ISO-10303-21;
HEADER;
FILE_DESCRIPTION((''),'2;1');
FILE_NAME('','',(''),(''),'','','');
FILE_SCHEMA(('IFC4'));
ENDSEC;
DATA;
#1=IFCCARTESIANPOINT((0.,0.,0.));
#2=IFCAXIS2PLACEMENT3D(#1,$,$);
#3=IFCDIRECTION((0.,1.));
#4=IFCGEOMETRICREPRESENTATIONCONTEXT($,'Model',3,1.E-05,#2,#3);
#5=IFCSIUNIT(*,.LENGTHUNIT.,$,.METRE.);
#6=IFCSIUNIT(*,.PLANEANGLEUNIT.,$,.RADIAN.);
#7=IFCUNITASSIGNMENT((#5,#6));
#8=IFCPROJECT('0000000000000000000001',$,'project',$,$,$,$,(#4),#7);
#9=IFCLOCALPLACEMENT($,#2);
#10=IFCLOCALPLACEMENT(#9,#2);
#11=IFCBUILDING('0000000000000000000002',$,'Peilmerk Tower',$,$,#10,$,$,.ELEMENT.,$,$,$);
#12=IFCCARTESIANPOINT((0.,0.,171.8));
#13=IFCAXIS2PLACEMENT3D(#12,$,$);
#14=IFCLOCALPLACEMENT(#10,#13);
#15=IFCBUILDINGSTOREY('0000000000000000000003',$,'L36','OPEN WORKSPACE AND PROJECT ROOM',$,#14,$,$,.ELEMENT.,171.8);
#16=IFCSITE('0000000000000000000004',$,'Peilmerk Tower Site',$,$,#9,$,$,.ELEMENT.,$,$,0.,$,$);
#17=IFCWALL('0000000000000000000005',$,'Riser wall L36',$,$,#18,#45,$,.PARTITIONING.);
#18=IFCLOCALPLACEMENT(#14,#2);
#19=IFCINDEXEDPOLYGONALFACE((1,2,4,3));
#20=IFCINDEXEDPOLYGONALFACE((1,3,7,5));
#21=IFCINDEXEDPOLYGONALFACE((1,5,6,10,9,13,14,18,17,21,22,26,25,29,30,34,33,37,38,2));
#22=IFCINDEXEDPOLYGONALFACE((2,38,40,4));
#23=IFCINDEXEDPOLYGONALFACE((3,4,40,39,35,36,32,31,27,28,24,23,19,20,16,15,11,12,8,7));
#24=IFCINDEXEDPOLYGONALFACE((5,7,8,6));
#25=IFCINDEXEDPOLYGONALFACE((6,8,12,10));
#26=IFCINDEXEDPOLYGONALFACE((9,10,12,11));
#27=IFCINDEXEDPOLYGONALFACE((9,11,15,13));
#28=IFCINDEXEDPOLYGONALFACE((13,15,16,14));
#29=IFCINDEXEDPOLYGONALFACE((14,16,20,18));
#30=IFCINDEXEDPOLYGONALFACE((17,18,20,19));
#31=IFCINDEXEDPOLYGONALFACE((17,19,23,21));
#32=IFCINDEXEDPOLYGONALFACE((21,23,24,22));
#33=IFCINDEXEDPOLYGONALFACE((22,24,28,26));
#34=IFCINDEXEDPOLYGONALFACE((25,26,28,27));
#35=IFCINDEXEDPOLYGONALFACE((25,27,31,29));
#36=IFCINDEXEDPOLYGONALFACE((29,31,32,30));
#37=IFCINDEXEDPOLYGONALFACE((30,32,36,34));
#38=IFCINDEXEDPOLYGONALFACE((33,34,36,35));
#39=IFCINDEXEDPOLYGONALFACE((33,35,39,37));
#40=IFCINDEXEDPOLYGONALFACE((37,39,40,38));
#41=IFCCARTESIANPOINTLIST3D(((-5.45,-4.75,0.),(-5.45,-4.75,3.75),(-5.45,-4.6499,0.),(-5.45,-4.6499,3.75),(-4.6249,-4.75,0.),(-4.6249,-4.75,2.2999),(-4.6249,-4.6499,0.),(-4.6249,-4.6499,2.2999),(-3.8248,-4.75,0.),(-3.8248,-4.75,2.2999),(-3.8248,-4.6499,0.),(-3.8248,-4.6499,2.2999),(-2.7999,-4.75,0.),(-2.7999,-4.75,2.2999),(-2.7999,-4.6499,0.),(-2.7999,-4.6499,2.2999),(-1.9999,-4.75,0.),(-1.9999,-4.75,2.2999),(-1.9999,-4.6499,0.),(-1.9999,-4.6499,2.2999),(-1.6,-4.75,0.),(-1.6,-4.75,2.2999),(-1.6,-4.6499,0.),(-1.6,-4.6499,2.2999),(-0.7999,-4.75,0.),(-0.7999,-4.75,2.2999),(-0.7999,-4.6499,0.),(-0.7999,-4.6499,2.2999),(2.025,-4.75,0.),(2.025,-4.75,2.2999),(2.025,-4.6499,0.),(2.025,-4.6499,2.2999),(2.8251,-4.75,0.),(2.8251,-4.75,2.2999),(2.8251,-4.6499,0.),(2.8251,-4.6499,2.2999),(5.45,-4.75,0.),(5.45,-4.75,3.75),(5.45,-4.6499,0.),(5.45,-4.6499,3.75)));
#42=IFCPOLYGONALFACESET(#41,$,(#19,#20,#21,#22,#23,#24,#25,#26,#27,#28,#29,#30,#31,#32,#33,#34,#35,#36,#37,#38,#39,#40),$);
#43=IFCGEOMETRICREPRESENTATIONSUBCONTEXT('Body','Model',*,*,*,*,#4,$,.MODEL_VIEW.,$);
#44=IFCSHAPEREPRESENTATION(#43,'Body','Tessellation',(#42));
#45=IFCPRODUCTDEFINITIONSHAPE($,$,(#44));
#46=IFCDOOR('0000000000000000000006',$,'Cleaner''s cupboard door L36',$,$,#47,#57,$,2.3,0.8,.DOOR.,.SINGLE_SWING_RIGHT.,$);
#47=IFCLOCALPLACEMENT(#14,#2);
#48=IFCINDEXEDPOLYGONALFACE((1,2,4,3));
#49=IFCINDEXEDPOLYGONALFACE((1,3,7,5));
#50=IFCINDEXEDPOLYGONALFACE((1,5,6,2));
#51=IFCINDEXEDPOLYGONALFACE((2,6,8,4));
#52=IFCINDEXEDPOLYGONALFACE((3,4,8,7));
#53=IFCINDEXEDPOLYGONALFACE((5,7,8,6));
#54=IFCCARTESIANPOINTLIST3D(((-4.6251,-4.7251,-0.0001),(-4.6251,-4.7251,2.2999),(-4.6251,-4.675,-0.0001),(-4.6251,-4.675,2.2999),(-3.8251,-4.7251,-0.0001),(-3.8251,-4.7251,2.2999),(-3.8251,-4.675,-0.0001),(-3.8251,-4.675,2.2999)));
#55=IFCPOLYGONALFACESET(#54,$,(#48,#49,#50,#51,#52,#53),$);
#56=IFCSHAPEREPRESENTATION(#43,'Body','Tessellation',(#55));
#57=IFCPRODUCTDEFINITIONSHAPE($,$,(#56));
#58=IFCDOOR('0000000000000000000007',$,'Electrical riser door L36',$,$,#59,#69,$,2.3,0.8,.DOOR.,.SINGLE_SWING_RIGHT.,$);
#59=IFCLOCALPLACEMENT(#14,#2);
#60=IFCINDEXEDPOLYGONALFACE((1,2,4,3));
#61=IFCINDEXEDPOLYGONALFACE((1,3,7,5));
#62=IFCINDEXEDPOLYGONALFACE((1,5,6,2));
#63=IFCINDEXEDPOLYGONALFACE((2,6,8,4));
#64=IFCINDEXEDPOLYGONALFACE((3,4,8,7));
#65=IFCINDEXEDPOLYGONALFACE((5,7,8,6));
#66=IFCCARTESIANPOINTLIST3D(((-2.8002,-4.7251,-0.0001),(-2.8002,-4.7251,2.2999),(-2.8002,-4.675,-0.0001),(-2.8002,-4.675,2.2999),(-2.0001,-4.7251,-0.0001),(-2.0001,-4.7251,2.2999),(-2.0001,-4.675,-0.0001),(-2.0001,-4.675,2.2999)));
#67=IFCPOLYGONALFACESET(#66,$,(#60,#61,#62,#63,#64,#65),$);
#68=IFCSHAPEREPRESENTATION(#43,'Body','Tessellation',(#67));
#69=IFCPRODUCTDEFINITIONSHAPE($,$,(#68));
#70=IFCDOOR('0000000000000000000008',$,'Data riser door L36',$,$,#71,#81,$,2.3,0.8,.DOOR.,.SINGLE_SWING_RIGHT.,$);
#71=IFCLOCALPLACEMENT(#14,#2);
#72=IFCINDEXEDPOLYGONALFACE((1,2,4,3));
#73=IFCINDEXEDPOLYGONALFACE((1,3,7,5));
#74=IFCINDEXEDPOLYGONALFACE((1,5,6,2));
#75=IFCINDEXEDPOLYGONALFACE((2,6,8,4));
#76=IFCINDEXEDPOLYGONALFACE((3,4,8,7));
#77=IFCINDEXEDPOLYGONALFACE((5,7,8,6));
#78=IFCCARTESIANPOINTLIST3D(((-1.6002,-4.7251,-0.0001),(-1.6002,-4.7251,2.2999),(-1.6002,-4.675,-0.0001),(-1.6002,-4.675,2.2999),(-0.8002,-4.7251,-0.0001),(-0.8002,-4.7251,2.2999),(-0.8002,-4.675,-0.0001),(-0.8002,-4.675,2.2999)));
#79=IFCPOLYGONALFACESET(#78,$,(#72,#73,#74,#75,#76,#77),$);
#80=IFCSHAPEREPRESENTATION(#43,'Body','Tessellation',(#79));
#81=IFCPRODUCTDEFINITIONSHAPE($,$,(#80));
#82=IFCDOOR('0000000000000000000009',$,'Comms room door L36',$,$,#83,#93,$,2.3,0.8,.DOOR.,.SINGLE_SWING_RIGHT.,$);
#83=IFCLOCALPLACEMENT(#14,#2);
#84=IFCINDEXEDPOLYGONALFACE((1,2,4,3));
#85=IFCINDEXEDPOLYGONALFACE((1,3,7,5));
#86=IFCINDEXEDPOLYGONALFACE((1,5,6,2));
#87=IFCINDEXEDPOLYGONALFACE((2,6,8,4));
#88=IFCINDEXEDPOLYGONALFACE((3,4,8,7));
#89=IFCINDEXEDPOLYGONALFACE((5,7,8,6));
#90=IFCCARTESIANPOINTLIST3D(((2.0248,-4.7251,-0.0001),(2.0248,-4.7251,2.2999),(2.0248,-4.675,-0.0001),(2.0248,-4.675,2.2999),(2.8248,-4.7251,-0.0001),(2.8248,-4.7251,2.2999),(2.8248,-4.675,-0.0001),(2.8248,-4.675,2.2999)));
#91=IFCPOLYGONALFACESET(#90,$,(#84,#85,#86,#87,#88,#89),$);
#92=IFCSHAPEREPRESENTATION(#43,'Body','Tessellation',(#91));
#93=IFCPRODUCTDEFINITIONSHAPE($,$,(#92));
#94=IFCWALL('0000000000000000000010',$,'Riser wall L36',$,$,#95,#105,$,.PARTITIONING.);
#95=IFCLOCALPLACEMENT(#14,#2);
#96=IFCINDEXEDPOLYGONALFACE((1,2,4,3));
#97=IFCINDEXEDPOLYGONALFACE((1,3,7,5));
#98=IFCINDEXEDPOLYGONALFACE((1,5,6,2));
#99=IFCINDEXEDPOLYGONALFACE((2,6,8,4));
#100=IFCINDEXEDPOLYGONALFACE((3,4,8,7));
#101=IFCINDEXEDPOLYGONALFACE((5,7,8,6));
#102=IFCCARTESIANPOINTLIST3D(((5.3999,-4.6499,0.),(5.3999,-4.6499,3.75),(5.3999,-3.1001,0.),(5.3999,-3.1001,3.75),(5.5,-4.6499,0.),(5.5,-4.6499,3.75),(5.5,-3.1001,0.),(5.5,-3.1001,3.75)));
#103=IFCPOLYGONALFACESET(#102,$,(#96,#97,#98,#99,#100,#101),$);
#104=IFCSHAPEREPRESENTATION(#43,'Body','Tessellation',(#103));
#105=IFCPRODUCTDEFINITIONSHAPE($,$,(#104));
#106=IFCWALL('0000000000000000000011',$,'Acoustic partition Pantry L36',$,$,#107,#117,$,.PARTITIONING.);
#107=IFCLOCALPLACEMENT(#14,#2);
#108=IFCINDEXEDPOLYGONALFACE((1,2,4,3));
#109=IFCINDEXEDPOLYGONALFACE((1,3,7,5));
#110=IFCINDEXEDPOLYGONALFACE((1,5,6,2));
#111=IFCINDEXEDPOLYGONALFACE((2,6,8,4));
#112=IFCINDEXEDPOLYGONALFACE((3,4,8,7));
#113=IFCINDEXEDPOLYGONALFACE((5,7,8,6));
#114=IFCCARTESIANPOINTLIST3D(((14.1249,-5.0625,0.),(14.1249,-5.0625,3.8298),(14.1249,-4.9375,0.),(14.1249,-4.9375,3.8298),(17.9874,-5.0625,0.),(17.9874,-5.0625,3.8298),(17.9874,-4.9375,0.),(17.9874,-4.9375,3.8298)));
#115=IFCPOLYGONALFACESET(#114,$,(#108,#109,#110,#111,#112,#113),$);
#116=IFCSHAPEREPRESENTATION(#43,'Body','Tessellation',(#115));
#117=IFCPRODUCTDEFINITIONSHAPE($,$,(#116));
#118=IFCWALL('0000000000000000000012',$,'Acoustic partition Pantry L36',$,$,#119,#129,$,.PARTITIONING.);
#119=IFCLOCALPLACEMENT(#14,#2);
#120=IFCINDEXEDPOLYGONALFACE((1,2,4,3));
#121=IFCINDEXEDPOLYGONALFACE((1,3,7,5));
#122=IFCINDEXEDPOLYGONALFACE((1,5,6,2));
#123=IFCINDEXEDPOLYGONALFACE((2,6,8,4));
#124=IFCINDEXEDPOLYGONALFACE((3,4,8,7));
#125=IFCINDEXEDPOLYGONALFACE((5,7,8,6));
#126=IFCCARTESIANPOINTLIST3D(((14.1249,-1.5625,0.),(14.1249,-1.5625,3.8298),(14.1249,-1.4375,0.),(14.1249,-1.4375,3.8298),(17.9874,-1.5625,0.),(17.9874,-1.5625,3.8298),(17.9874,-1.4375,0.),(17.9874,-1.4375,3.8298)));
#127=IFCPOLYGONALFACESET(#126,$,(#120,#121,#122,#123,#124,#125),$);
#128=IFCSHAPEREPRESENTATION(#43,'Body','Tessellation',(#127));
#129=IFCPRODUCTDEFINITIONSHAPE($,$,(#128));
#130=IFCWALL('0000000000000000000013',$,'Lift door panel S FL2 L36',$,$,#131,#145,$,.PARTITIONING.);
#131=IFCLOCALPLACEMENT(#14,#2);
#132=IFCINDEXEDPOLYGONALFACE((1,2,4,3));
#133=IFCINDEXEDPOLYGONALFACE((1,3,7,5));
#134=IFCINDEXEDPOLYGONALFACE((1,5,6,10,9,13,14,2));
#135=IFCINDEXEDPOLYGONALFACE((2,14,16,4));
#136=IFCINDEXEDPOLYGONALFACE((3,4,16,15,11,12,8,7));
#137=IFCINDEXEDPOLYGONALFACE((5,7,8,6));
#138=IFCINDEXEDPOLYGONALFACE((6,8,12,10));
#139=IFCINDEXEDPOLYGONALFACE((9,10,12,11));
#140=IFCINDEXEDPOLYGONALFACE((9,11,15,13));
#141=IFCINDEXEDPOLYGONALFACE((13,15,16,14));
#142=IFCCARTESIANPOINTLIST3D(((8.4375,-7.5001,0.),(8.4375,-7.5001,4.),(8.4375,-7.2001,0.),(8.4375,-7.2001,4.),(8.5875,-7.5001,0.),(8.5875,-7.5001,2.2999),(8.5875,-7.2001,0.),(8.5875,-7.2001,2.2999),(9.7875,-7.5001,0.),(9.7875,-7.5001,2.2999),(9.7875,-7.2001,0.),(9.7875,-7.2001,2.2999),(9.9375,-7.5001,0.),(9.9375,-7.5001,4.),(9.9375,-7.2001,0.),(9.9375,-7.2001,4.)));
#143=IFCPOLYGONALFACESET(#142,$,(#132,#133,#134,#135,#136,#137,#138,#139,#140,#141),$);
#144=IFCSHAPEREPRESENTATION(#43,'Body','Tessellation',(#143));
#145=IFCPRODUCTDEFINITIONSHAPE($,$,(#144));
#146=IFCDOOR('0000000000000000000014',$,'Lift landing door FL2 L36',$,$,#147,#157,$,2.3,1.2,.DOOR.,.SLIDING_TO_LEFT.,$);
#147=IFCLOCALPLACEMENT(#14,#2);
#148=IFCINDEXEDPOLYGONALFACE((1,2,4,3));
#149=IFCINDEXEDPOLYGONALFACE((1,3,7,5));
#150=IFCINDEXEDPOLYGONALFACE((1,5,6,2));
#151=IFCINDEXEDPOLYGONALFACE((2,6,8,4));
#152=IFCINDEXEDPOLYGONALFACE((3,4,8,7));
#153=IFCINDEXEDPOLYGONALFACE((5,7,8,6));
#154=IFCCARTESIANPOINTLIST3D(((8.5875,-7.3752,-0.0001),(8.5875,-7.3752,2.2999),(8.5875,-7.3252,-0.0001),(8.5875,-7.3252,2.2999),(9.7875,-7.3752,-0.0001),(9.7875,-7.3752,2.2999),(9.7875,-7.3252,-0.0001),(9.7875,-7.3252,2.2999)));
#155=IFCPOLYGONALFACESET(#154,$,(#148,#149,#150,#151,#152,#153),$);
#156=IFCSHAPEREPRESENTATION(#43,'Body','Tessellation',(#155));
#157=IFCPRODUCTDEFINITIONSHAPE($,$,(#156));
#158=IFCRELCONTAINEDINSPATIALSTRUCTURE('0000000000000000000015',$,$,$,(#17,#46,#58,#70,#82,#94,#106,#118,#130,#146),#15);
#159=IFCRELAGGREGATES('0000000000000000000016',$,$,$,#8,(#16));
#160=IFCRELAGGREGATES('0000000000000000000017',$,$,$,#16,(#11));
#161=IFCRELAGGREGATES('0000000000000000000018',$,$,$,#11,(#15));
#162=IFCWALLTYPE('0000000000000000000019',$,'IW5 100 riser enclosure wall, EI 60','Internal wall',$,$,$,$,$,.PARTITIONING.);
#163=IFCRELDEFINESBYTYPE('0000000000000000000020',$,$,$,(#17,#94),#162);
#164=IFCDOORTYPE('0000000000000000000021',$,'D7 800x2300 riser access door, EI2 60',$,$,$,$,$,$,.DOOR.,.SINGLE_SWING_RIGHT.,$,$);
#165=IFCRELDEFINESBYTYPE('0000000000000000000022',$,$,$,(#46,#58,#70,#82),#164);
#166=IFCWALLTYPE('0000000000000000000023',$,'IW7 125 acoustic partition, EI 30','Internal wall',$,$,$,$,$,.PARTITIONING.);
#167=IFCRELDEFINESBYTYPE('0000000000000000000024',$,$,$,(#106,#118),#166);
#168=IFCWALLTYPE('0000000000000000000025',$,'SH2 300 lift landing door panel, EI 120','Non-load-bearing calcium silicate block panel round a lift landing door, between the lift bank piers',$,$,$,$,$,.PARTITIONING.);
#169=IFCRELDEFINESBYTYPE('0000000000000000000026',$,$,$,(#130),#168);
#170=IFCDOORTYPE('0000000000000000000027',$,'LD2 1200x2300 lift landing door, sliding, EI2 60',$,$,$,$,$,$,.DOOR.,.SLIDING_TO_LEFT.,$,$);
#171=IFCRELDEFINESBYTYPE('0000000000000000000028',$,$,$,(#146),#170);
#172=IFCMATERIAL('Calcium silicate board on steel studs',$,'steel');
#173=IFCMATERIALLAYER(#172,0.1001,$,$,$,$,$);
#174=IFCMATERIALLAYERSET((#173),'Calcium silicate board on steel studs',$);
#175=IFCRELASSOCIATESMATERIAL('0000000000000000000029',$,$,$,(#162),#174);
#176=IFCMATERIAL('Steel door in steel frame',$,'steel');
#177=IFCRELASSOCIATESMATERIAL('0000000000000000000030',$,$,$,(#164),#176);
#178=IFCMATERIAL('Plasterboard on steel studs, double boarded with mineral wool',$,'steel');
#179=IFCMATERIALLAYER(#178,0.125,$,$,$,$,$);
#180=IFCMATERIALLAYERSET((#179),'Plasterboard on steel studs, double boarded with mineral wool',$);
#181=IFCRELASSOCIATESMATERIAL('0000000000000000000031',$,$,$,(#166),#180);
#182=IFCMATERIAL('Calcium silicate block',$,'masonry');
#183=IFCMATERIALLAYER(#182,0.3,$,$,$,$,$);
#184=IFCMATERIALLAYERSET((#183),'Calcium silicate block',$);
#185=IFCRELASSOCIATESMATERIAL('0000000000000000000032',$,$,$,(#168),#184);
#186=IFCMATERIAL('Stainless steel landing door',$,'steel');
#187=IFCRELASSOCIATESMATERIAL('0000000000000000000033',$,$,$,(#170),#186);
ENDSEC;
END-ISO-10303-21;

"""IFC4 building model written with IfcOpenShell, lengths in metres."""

from ifc_helpers import new_model, si_unit, direction, frame, frame_2d, origin, place, context, subcontext, project, spatial, rectangle, extrude, material, layer, layer_set, type_object, element, fill, save


model = new_model("IFC4")

# Units and contexts
model_context = context("Model", 3, precision=1e-05, world=origin(), true_north=direction((0.0, 1.0)))
body_context = subcontext(model_context, "Body", "Model", "MODEL_VIEW")
ifc_project = project(units=[si_unit("LENGTHUNIT", "METRE"), si_unit("PLANEANGLEUNIT", "RADIAN")], contexts=[model_context])

# Site, building, storey
site_placement = place(None, origin())
site = spatial("IfcSite", under=ifc_project, at=site_placement, Name="Peilmerk Tower Site", CompositionType="ELEMENT", RefElevation=0.0)
building_placement = place(site_placement, origin())
building = spatial("IfcBuilding", under=site, at=building_placement, Name="Peilmerk Tower", CompositionType="ELEMENT")
storey_placement = place(building_placement, frame((0.0, 0.0, 171.8)))
storey = spatial("IfcBuildingStorey", under=building, at=storey_placement, Name="L36", Description="OPEN WORKSPACE AND PROJECT ROOM", CompositionType="ELEMENT", Elevation=171.8)

# Shared definitions
ifc_material_1 = material(Name="Steel door in steel frame", Category="steel")

# Shared definitions
ifc_material_2 = material(Name="Calcium silicate board on steel studs", Category="steel")
ifc_layer_1 = layer(ifc_material_2, 0.1001)
ifc_layer_set_1 = layer_set([ifc_layer_1], Name="Calcium silicate board on steel studs")
wall_type_1 = type_object("IfcWallType", Name="IW5 100 riser enclosure wall, EI 60", Description="Internal wall", PredefinedType="PARTITIONING", material=ifc_layer_set_1)

# Wall, openings, doors
wall_1_placement = place(storey_placement, frame((5.45, -4.7, 0.0), z_axis=(0.0, 0.0, 1.0), x_axis=(-1.0, 0.0, 0.0)))
wall_1 = element("IfcWall", 1, at=wall_1_placement, inside=storey, type_object=wall_type_1, Name="Riser wall L36", PredefinedType="PARTITIONING", context=body_context, shape_type="SweptSolid", body=[
    extrude(rectangle(XDim=10.8999, YDim=0.1001, at=frame_2d((5.45, 0.0))), origin(), (0.0, 0.0, 1.0), 3.75),
])
opening_1_placement = place(wall_1_placement, frame((9.2749, 0.0, 0.0)))
opening_1 = element("IfcOpeningElement", 2, at=opening_1_placement, cuts=wall_1, PredefinedType="OPENING", context=body_context, shape_type="SweptSolid", body=[
    extrude(rectangle(XDim=0.8, YDim=2.3, at=frame_2d((0.3999, 1.1499))), frame((0.0, 0.0601, 0.0), z_axis=(0.0, -1.0, 0.0), x_axis=(1.0, 0.0, 0.0)), (0.0, 0.0, 1.0), 0.1201),
])
opening_2_placement = place(wall_1_placement, frame((7.45, 0.0, 0.0)))
opening_2 = element("IfcOpeningElement", 3, at=opening_2_placement, cuts=wall_1, PredefinedType="OPENING", context=body_context, shape_type="SweptSolid", body=[
    extrude(rectangle(XDim=0.8, YDim=2.3, at=frame_2d((0.3999, 1.1499))), frame((0.0, 0.0601, 0.0), z_axis=(0.0, -1.0, 0.0), x_axis=(1.0, 0.0, 0.0)), (0.0, 0.0, 1.0), 0.1201),
])
opening_3_placement = place(wall_1_placement, frame((6.25, 0.0, 0.0)))
opening_3 = element("IfcOpeningElement", 4, at=opening_3_placement, cuts=wall_1, PredefinedType="OPENING", context=body_context, shape_type="SweptSolid", body=[
    extrude(rectangle(XDim=0.8, YDim=2.3, at=frame_2d((0.3999, 1.1499))), frame((0.0, 0.0601, 0.0), z_axis=(0.0, -1.0, 0.0), x_axis=(1.0, 0.0, 0.0)), (0.0, 0.0, 1.0), 0.1201),
])
opening_4_placement = place(wall_1_placement, frame((2.625, 0.0, 0.0)))
opening_4 = element("IfcOpeningElement", 5, at=opening_4_placement, cuts=wall_1, PredefinedType="OPENING", context=body_context, shape_type="SweptSolid", body=[
    extrude(rectangle(XDim=0.8, YDim=2.3, at=frame_2d((0.3999, 1.1499))), frame((0.0, 0.0601, 0.0), z_axis=(0.0, -1.0, 0.0), x_axis=(1.0, 0.0, 0.0)), (0.0, 0.0, 1.0), 0.1201),
])
door_type_1 = type_object("IfcDoorType", Name="D7 800x2300 riser access door, EI2 60", OperationType="SINGLE_SWING_RIGHT", PredefinedType="DOOR", material=ifc_material_1)
door_1_placement = place(opening_1_placement, frame((0.8, 0.0, 0.0), z_axis=(0.0, 0.0, 1.0), x_axis=(-1.0, 0.0, 0.0)))
door_1 = element("IfcDoor", 6, at=door_1_placement, inside=storey, type_object=door_type_1, Name="Cleaner's cupboard door L36", OperationType="SINGLE_SWING_RIGHT", OverallHeight=2.3, OverallWidth=0.8, PredefinedType="DOOR", context=body_context, shape_type="SweptSolid", body=[
    extrude(rectangle(XDim=0.8, YDim=2.3, at=frame_2d((0.3999, 1.1499))), frame((0.0, 0.0249, 0.0), z_axis=(0.0, -1.0, 0.0), x_axis=(1.0, 0.0, 0.0)), (0.0, 0.0, 1.0), 0.05),
])
fill(opening_1, door_1)
door_2_placement = place(opening_2_placement, frame((0.8, 0.0, 0.0), z_axis=(0.0, 0.0, 1.0), x_axis=(-1.0, 0.0, 0.0)))
door_2 = element("IfcDoor", 7, at=door_2_placement, inside=storey, type_object=door_type_1, Name="Electrical riser door L36", OperationType="SINGLE_SWING_RIGHT", OverallHeight=2.3, OverallWidth=0.8, PredefinedType="DOOR", context=body_context, shape_type="SweptSolid", body=[
    extrude(rectangle(XDim=0.8, YDim=2.3, at=frame_2d((0.3999, 1.1499))), frame((0.0, 0.0249, 0.0), z_axis=(0.0, -1.0, 0.0), x_axis=(1.0, 0.0, 0.0)), (0.0, 0.0, 1.0), 0.05),
])
fill(opening_2, door_2)
door_3_placement = place(opening_3_placement, frame((0.8, 0.0, 0.0), z_axis=(0.0, 0.0, 1.0), x_axis=(-1.0, 0.0, 0.0)))
door_3 = element("IfcDoor", 8, at=door_3_placement, inside=storey, type_object=door_type_1, Name="Data riser door L36", OperationType="SINGLE_SWING_RIGHT", OverallHeight=2.3, OverallWidth=0.8, PredefinedType="DOOR", context=body_context, shape_type="SweptSolid", body=[
    extrude(rectangle(XDim=0.8, YDim=2.3, at=frame_2d((0.3999, 1.1499))), frame((0.0, 0.0249, 0.0), z_axis=(0.0, -1.0, 0.0), x_axis=(1.0, 0.0, 0.0)), (0.0, 0.0, 1.0), 0.05),
])
fill(opening_3, door_3)
door_4_placement = place(opening_4_placement, frame((0.8, 0.0, 0.0), z_axis=(0.0, 0.0, 1.0), x_axis=(-1.0, 0.0, 0.0)))
door_4 = element("IfcDoor", 9, at=door_4_placement, inside=storey, type_object=door_type_1, Name="Comms room door L36", OperationType="SINGLE_SWING_RIGHT", OverallHeight=2.3, OverallWidth=0.8, PredefinedType="DOOR", context=body_context, shape_type="SweptSolid", body=[
    extrude(rectangle(XDim=0.8, YDim=2.3, at=frame_2d((0.3999, 1.1499))), frame((0.0, 0.0249, 0.0), z_axis=(0.0, -1.0, 0.0), x_axis=(1.0, 0.0, 0.0)), (0.0, 0.0, 1.0), 0.05),
])
fill(opening_4, door_4)

# Walls
wall_2_placement = place(storey_placement, frame((5.45, -3.1001, 0.0), z_axis=(0.0, 0.0, 1.0), x_axis=(0.0, -1.0, 0.0)))
element("IfcWall", 10, at=wall_2_placement, inside=storey, type_object=wall_type_1, Name="Riser wall L36", PredefinedType="PARTITIONING", context=body_context, shape_type="SweptSolid", body=[
    extrude(rectangle(XDim=1.5498, YDim=0.1001, at=frame_2d((0.7749, 0.0))), origin(), (0.0, 0.0, 1.0), 3.75),
])
ifc_material_3 = material(Name="Plasterboard on steel studs, double boarded with mineral wool", Category="steel")
ifc_layer_2 = layer(ifc_material_3, 0.125)
ifc_layer_set_2 = layer_set([ifc_layer_2], Name="Plasterboard on steel studs, double boarded with mineral wool")
wall_type_2 = type_object("IfcWallType", Name="IW7 125 acoustic partition, EI 30", Description="Internal wall", PredefinedType="PARTITIONING", material=ifc_layer_set_2)
for number, where, z_axis, x_axis, name in (
    (11, (14.125, -5.0, 0.0), (0.0, 0.0, 1.0), (1.0, 0.0, 0.0), "Acoustic partition Pantry L36"),
    (12, (14.125, -1.5, 0.0), (0.0, 0.0, 1.0), (1.0, 0.0, 0.0), "Acoustic partition Pantry L36"),
):
    element("IfcWall", number, at=place(storey_placement, frame(where, z_axis=z_axis, x_axis=x_axis)), inside=storey, type_object=wall_type_2, Name=name, PredefinedType="PARTITIONING", context=body_context, shape_type="SweptSolid", body=[
        extrude(rectangle(XDim=3.8625, YDim=0.125, at=frame_2d((1.9312, 0.0))), origin(), (0.0, 0.0, 1.0), 3.8298),
    ])

# Wall, opening, door
ifc_material_4 = material(Name="Calcium silicate block", Category="masonry")
ifc_layer_3 = layer(ifc_material_4, 0.3)
ifc_layer_set_3 = layer_set([ifc_layer_3], Name="Calcium silicate block")
wall_type_3 = type_object("IfcWallType", Name="SH2 300 lift landing door panel, EI 120", Description="Non-load-bearing calcium silicate block panel round a lift landing door, between the lift bank piers", PredefinedType="PARTITIONING", material=ifc_layer_set_3)
wall_3_placement = place(storey_placement, frame((8.4375, -7.3501, 0.0), z_axis=(0.0, 0.0, 1.0), x_axis=(1.0, 0.0, 0.0)))
wall_3 = element("IfcWall", 13, at=wall_3_placement, inside=storey, type_object=wall_type_3, Name="Lift door panel S FL2 L36", PredefinedType="PARTITIONING", context=body_context, shape_type="SweptSolid", body=[
    extrude(rectangle(XDim=1.5, YDim=0.3, at=frame_2d((0.75, 0.0))), origin(), (0.0, 0.0, 1.0), 4.0),
])
opening_5_placement = place(wall_3_placement, frame((0.1499, 0.0, 0.0)))
opening_5 = element("IfcOpeningElement", 14, at=opening_5_placement, cuts=wall_3, PredefinedType="OPENING", context=body_context, shape_type="SweptSolid", body=[
    extrude(rectangle(XDim=1.2, YDim=2.3, at=frame_2d((0.6001, 1.1499))), frame((0.0, 0.1599, 0.0), z_axis=(0.0, -1.0, 0.0), x_axis=(1.0, 0.0, 0.0)), (0.0, 0.0, 1.0), 0.3201),
])
ifc_material_5 = material(Name="Stainless steel landing door", Category="steel")
door_type_2 = type_object("IfcDoorType", Name="LD2 1200x2300 lift landing door, sliding, EI2 60", OperationType="SLIDING_TO_LEFT", PredefinedType="DOOR", material=ifc_material_5)
door_5_placement = place(opening_5_placement, origin())
door_5 = element("IfcDoor", 15, at=door_5_placement, inside=storey, type_object=door_type_2, Name="Lift landing door FL2 L36", OperationType="SLIDING_TO_LEFT", OverallHeight=2.3, OverallWidth=1.2, PredefinedType="DOOR", context=body_context, shape_type="SweptSolid", body=[
    extrude(rectangle(XDim=1.2, YDim=2.3, at=frame_2d((0.6001, 1.1499))), frame((0.0, 0.0249, 0.0), z_axis=(0.0, -1.0, 0.0), x_axis=(1.0, 0.0, 0.0)), (0.0, 0.0, 1.0), 0.05),
])
fill(opening_5, door_5)

save(model, "model.ifc")
